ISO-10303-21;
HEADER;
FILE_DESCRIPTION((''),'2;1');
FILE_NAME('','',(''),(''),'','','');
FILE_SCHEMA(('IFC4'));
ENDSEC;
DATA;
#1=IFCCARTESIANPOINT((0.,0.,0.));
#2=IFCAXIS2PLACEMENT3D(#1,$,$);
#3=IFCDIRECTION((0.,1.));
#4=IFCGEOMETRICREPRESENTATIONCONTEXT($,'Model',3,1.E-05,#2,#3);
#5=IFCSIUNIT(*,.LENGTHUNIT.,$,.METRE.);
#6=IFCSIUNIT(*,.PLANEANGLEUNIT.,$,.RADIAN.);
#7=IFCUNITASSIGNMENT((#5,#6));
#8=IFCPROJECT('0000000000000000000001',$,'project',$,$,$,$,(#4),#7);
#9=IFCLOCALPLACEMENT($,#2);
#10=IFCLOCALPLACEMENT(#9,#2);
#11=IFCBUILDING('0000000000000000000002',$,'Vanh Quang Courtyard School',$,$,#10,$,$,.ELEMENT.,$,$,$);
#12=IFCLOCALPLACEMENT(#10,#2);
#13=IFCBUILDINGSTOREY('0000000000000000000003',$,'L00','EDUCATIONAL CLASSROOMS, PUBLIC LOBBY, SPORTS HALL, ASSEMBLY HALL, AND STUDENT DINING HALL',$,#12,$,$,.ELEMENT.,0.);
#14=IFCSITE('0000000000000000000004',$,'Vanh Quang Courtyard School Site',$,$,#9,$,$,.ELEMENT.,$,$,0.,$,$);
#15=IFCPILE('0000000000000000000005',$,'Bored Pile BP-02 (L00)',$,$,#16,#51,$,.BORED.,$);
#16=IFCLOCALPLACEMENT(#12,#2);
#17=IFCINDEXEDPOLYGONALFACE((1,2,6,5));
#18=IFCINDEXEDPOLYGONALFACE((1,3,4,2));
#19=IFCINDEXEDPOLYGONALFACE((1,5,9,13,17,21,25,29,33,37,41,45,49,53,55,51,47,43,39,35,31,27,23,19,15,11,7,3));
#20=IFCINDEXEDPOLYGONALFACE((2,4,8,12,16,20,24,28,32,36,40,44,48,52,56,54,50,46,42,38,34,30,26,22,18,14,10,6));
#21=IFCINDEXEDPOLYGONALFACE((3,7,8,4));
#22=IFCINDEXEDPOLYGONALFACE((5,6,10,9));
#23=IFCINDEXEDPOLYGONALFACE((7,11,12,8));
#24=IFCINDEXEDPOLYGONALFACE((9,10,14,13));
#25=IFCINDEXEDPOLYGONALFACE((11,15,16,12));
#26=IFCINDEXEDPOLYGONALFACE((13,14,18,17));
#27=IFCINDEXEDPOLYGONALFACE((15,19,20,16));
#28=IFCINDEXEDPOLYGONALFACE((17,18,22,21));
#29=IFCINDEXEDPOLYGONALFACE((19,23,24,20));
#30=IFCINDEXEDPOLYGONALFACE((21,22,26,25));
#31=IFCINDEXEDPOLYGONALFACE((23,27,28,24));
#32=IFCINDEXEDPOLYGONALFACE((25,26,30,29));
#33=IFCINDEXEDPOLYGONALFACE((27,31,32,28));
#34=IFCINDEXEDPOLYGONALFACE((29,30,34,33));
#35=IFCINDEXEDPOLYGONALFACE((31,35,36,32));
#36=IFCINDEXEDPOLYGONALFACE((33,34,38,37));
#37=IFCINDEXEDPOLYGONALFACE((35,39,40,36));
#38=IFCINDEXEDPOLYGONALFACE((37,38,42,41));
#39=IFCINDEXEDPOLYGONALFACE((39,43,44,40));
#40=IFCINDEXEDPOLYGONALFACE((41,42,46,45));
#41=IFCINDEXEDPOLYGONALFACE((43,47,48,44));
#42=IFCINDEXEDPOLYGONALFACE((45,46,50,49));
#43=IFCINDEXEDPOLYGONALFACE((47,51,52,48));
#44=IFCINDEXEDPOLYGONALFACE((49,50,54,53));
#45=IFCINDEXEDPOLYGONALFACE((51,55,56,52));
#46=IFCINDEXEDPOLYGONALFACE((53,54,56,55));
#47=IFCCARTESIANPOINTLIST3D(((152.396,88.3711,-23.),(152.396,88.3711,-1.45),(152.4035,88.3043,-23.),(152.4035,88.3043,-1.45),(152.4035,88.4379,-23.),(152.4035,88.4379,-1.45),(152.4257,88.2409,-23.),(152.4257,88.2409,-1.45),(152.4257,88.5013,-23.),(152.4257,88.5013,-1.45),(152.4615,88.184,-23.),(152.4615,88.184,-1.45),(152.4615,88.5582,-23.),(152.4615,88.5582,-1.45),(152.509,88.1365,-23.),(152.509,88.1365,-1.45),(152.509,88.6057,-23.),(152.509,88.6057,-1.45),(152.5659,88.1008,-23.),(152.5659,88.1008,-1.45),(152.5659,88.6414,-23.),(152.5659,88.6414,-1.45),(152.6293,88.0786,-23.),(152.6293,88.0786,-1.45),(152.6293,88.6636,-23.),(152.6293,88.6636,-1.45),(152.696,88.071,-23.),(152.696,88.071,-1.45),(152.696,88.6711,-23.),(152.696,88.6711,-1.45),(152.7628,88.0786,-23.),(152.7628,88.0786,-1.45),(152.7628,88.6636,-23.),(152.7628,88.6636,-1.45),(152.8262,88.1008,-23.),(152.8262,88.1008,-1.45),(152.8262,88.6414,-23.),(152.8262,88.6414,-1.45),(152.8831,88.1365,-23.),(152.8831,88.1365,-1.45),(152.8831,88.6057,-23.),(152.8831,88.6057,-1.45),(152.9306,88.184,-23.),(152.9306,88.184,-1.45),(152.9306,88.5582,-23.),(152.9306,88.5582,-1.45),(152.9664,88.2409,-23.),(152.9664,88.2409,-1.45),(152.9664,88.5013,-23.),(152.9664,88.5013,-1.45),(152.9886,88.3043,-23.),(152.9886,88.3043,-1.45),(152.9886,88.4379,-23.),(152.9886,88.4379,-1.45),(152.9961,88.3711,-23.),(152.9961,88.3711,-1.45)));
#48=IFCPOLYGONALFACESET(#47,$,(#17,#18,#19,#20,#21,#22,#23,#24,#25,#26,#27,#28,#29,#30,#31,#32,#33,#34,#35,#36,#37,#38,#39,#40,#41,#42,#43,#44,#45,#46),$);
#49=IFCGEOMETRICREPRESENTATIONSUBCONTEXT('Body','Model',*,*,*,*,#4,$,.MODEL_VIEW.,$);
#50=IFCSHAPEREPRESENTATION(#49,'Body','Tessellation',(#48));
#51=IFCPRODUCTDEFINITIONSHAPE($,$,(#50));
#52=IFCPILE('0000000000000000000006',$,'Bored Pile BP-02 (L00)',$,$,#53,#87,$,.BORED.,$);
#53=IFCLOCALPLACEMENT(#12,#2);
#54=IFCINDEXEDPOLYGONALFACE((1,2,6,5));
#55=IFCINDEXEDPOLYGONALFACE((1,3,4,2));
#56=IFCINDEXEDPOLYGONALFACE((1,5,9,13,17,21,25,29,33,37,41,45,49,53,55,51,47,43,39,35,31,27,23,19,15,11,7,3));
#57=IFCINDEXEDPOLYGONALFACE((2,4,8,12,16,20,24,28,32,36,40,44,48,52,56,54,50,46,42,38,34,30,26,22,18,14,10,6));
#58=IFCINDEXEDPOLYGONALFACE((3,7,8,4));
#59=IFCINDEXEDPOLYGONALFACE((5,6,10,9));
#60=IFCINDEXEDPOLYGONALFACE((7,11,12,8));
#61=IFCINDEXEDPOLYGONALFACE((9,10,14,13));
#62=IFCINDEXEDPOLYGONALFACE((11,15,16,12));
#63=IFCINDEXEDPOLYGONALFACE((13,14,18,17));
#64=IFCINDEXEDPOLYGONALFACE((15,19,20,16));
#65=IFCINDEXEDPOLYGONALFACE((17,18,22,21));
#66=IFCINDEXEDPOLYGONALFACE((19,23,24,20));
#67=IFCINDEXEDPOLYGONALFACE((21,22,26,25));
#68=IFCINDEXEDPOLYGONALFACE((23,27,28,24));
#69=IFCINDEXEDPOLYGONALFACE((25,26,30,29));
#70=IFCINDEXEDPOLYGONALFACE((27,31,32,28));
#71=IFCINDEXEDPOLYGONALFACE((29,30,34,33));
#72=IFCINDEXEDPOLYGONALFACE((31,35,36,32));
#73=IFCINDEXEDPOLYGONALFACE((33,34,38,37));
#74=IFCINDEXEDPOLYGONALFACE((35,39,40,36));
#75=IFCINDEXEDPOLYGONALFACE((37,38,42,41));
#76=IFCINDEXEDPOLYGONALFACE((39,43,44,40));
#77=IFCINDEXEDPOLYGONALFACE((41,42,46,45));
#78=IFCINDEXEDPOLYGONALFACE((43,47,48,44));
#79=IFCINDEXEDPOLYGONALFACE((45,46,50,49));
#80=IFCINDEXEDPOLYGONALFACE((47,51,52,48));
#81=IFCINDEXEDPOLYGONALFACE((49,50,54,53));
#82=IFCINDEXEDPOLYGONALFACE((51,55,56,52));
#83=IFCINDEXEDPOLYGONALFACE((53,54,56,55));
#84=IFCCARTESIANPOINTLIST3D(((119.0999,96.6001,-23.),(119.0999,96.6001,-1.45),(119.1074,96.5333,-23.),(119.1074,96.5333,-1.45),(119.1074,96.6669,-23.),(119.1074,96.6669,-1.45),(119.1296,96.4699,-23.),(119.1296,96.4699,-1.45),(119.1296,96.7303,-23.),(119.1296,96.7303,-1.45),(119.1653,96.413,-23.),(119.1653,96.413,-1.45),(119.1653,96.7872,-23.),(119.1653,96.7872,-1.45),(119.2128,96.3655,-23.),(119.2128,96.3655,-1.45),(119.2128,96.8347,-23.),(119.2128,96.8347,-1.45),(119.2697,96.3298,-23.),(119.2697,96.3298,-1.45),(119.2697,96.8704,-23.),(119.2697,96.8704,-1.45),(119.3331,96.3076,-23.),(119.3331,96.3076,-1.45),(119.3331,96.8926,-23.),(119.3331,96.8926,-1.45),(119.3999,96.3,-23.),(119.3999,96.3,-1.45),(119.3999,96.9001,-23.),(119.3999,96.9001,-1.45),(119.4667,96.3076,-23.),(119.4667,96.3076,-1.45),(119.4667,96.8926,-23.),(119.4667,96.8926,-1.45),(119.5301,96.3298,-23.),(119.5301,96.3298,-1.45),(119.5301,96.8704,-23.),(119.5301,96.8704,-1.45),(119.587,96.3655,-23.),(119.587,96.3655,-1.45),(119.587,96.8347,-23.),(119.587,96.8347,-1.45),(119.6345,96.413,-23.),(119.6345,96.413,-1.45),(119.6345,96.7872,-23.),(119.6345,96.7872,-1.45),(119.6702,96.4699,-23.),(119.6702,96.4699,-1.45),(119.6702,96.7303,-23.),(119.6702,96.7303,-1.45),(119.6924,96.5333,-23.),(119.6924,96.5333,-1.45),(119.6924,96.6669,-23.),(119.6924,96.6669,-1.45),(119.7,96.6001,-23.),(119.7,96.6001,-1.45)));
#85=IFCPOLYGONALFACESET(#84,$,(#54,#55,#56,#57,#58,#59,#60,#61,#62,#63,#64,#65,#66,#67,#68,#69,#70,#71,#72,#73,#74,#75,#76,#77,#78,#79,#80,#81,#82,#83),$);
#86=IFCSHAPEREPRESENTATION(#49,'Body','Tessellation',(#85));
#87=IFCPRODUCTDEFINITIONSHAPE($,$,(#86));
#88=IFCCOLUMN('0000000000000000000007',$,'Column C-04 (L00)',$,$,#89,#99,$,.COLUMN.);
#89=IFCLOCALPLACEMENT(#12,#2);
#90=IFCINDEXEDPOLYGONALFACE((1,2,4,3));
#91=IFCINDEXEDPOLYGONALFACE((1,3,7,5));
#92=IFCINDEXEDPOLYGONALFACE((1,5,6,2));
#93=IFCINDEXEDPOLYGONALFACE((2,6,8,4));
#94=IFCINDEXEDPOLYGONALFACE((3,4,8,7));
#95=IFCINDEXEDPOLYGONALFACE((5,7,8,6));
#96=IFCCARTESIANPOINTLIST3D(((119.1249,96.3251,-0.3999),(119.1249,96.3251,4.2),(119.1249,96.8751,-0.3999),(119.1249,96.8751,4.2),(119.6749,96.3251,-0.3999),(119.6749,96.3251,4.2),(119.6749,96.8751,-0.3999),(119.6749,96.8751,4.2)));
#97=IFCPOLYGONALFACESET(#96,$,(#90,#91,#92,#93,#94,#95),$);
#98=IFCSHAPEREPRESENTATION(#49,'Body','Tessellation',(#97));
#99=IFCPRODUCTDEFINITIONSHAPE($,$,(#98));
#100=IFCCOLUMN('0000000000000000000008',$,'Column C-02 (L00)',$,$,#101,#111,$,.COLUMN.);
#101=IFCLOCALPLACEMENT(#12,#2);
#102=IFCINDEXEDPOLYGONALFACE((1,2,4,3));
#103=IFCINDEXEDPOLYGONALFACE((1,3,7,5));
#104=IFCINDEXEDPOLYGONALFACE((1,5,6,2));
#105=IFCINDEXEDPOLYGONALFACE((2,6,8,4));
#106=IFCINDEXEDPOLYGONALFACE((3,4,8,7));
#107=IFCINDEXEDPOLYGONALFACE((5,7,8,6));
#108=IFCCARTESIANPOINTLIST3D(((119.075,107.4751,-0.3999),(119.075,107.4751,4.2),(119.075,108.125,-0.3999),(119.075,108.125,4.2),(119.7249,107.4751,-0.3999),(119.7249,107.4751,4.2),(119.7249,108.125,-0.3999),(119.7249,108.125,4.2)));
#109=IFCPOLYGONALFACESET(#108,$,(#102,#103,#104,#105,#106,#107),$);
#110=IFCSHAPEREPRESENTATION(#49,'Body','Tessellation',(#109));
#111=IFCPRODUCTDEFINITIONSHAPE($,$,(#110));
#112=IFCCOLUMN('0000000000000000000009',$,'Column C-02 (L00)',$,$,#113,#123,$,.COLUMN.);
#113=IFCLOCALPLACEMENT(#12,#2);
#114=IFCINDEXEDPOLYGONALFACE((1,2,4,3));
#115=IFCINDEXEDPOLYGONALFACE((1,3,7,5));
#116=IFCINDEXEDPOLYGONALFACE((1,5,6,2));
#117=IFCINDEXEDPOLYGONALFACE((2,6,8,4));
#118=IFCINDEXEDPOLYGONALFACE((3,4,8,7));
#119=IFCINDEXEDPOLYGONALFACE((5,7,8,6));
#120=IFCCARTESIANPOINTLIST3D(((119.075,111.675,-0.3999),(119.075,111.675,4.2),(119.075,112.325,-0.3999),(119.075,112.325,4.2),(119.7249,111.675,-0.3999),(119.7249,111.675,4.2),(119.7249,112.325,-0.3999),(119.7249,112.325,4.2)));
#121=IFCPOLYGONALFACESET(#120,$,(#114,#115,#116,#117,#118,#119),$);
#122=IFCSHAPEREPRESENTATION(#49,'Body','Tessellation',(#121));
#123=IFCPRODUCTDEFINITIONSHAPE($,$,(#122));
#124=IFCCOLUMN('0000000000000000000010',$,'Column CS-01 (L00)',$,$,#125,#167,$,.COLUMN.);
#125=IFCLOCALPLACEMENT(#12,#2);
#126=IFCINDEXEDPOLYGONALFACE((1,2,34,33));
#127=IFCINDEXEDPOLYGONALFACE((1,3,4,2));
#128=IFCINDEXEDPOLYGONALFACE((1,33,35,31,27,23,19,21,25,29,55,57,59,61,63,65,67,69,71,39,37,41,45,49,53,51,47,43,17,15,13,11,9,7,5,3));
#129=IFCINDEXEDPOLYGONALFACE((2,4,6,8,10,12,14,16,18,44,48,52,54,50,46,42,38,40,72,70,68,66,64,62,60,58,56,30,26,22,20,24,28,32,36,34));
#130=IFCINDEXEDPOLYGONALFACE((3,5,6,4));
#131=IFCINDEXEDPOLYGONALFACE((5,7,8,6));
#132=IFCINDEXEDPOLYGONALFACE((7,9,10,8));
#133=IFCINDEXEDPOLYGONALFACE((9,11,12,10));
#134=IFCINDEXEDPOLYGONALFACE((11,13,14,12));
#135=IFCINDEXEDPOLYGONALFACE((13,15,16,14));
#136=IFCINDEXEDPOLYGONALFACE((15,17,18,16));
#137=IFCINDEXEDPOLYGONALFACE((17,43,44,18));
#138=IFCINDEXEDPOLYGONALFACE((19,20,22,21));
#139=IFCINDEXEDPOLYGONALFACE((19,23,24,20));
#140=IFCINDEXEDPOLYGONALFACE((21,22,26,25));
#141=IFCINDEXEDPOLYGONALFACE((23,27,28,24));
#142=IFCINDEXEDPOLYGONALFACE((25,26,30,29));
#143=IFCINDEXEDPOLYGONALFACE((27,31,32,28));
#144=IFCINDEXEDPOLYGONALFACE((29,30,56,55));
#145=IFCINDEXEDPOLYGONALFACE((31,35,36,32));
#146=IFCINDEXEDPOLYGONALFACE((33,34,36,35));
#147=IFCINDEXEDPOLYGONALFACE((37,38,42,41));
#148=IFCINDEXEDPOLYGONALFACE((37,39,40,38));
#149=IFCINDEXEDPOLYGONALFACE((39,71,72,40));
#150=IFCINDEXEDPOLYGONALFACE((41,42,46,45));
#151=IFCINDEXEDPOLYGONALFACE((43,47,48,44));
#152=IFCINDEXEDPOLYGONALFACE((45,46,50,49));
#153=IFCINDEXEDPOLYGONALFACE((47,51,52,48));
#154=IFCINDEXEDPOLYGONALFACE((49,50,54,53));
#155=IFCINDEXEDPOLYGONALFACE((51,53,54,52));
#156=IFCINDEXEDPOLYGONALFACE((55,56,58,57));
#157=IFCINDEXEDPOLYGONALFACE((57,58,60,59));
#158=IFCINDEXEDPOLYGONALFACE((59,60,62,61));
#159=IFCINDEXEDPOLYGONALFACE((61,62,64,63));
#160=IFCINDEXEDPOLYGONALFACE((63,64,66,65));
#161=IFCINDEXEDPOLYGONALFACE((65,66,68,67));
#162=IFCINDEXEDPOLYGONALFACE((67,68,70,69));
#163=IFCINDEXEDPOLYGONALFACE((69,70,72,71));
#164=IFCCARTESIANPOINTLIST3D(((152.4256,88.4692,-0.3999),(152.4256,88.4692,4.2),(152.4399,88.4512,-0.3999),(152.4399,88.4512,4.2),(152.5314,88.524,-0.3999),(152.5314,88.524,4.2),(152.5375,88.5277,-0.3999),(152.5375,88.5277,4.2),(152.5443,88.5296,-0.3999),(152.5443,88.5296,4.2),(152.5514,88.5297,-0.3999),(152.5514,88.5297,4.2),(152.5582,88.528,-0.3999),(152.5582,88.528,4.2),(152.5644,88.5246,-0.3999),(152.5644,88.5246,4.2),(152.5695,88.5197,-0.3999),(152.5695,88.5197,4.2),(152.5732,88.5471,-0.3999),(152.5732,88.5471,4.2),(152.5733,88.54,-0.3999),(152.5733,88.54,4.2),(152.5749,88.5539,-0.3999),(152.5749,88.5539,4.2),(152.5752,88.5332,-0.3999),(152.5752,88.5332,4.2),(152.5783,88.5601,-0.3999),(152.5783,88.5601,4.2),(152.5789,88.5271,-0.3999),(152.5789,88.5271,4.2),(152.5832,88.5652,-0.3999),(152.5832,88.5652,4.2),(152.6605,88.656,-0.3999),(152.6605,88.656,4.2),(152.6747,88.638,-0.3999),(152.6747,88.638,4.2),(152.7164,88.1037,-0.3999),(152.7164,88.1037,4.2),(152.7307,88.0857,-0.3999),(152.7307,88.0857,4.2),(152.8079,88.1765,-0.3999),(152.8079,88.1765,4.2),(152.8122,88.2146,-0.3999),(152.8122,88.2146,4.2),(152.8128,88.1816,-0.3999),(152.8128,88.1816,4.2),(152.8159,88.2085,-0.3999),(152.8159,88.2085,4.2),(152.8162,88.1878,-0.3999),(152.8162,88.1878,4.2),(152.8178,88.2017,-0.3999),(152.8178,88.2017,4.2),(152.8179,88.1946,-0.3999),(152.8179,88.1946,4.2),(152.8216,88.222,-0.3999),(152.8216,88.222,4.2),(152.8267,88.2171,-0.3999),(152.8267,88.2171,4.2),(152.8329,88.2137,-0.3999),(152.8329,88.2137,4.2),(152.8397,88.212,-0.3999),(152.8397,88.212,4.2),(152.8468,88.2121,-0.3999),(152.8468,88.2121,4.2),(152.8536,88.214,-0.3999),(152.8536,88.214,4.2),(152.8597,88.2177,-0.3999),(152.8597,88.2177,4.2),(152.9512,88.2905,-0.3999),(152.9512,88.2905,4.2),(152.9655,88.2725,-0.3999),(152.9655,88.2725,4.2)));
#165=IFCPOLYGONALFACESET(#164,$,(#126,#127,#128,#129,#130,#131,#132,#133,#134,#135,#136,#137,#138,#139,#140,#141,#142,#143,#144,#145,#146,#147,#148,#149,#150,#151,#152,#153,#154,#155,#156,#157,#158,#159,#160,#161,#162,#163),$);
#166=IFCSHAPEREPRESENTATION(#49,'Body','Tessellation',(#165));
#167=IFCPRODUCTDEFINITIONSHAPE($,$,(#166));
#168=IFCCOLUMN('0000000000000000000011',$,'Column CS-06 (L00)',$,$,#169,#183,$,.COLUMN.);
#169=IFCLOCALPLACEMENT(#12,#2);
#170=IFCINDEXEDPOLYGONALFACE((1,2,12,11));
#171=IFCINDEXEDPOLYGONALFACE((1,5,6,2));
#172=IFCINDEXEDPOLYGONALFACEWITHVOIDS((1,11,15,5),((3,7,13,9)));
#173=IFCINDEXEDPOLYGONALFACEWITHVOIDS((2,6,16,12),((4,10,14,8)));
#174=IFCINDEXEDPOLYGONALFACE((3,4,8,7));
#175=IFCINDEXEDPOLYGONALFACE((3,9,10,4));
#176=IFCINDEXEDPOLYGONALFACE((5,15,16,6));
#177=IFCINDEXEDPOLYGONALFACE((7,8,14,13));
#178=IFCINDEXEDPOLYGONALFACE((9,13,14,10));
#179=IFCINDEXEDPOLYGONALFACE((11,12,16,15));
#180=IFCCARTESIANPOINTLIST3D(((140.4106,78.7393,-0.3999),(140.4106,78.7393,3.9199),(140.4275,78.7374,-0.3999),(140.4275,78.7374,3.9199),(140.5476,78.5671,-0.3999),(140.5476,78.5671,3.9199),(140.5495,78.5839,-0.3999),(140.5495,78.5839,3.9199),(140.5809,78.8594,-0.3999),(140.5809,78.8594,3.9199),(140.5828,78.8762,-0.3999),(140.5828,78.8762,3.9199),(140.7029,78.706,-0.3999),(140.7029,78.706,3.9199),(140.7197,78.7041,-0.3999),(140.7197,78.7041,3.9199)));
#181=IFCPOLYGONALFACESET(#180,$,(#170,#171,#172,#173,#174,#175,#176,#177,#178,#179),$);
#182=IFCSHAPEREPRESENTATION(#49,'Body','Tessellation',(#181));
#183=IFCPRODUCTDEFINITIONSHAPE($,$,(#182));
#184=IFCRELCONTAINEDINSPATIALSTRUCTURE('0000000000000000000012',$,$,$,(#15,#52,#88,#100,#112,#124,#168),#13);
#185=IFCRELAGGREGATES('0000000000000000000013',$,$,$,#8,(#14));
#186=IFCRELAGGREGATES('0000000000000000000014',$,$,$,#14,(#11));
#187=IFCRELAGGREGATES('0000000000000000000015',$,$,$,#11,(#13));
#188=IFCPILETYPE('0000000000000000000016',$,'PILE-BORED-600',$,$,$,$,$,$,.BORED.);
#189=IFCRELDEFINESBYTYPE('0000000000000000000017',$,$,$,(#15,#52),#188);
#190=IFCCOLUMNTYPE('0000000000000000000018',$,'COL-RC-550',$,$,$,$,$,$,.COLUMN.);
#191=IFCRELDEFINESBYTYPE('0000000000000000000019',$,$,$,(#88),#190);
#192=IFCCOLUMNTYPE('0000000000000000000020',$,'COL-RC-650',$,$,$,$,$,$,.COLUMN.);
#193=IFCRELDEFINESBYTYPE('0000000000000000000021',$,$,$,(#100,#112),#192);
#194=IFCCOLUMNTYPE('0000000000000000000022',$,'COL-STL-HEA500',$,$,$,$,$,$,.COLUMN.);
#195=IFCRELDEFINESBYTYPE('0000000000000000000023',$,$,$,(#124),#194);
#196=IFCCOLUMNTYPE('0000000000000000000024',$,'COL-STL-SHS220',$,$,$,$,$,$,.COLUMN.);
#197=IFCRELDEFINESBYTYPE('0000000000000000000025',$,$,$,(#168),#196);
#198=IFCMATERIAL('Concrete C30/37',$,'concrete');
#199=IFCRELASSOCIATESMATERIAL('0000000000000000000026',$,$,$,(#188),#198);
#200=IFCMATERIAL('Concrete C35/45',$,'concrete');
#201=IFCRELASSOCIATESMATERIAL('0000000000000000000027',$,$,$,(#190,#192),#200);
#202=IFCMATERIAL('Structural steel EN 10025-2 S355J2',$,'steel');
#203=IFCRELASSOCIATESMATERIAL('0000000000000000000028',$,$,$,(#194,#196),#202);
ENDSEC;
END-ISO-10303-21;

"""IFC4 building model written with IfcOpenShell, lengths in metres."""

from ifc_helpers import new_model, si_unit, direction, frame, origin, origin_2d, place, context, subcontext, project, spatial, rectangle, hollow_rectangle, circle, i_section, extrude, material, material_profile, profile_set, type_object, element, save


model = new_model("IFC4")

# Units and contexts
model_context = context("Model", 3, precision=1e-05, world=origin(), true_north=direction((0.0, 1.0)))
body_context = subcontext(model_context, "Body", "Model", "MODEL_VIEW")
ifc_project = project(units=[si_unit("LENGTHUNIT", "METRE"), si_unit("PLANEANGLEUNIT", "RADIAN")], contexts=[model_context])

# Site, building, storey
site_placement = place(None, origin())
site = spatial("IfcSite", under=ifc_project, at=site_placement, Name="Vanh Quang Courtyard School Site", CompositionType="ELEMENT", RefElevation=0.0)
building_placement = place(site_placement, origin())
building = spatial("IfcBuilding", under=site, at=building_placement, Name="Vanh Quang Courtyard School", CompositionType="ELEMENT")
storey_placement = place(building_placement, origin())
storey = spatial("IfcBuildingStorey", under=building, at=storey_placement, Name="L00", Description="EDUCATIONAL CLASSROOMS, PUBLIC LOBBY, SPORTS HALL, ASSEMBLY HALL, AND STUDENT DINING HALL", CompositionType="ELEMENT", Elevation=0.0)

# Shared definitions
ifc_material_1 = material(Name="Concrete C35/45", Category="concrete")

# Piles
ifc_material_2 = material(Name="Concrete C30/37", Category="concrete")
ifc_material_profile_1 = material_profile(ifc_material_2, circle(Radius=0.3, at=origin_2d()), Name="PILE D600")
ifc_profile_set_1 = profile_set([ifc_material_profile_1], Name="Concrete C30/37")
pile_type_1 = type_object("IfcPileType", Name="PILE-BORED-600", PredefinedType="BORED", material=ifc_profile_set_1)
for number, where, z_axis, x_axis, name in (
    (1, (152.696, 88.3711, -1.45), (0.0, 0.0, -1.0), (1.0, 0.0, 0.0), "Bored Pile BP-02 (L00)"),
    (2, (119.3999, 96.6001, -1.45), (0.0, 0.0, -1.0), (1.0, 0.0, 0.0), "Bored Pile BP-02 (L00)"),
):
    element("IfcPile", number, at=place(storey_placement, frame(where, z_axis=z_axis, x_axis=x_axis)), inside=storey, type_object=pile_type_1, Name=name, PredefinedType="BORED", context=body_context, shape_type="SweptSolid", body=[
        extrude(circle(Radius=0.3, at=origin_2d()), origin(), (0.0, 0.0, 1.0), 21.55),
    ])

# Columns
ifc_material_profile_2 = material_profile(ifc_material_1, rectangle(XDim=0.55, YDim=0.55, at=origin_2d()), Name="RC-COL 550x550")
ifc_profile_set_2 = profile_set([ifc_material_profile_2], Name="Concrete C35/45")
column_type_1 = type_object("IfcColumnType", Name="COL-RC-550", PredefinedType="COLUMN", material=ifc_profile_set_2)
column_1_placement = place(storey_placement, frame((119.3999, 96.6001, -0.3999), z_axis=(0.0, 0.0, 1.0), x_axis=(1.0, 0.0, 0.0)))
element("IfcColumn", 3, at=column_1_placement, inside=storey, type_object=column_type_1, Name="Column C-04 (L00)", PredefinedType="COLUMN", context=body_context, shape_type="SweptSolid", body=[
    extrude(rectangle(XDim=0.55, YDim=0.55, at=origin_2d()), origin(), (0.0, 0.0, 1.0), 4.5999),
])
ifc_material_profile_3 = material_profile(ifc_material_1, rectangle(XDim=0.6499, YDim=0.6499, at=origin_2d()), Name="RC-COL 650x650")
ifc_profile_set_3 = profile_set([ifc_material_profile_3], Name="Concrete C35/45")
column_type_2 = type_object("IfcColumnType", Name="COL-RC-650", PredefinedType="COLUMN", material=ifc_profile_set_3)
for number, where, z_axis, x_axis, name in (
    (4, (119.3999, 107.8, -0.3999), (0.0, 0.0, 1.0), (1.0, 0.0, 0.0), "Column C-02 (L00)"),
    (5, (119.3999, 112.0, -0.3999), (0.0, 0.0, 1.0), (1.0, 0.0, 0.0), "Column C-02 (L00)"),
):
    element("IfcColumn", number, at=place(storey_placement, frame(where, z_axis=z_axis, x_axis=x_axis)), inside=storey, type_object=column_type_2, Name=name, PredefinedType="COLUMN", context=body_context, shape_type="SweptSolid", body=[
        extrude(rectangle(XDim=0.6499, YDim=0.6499, at=origin_2d()), origin(), (0.0, 0.0, 1.0), 4.5999),
    ])
ifc_material_3 = material(Name="Structural steel EN 10025-2 S355J2", Category="steel")
ifc_material_profile_4 = material_profile(ifc_material_3, i_section(OverallWidth=0.3, OverallDepth=0.49, WebThickness=0.012, FlangeThickness=0.0229, FilletRadius=0.0271, at=origin_2d()), Name="HEA 500")
ifc_profile_set_4 = profile_set([ifc_material_profile_4], Name="Structural steel EN 10025-2 S355J2")
column_type_3 = type_object("IfcColumnType", Name="COL-STL-HEA500", PredefinedType="COLUMN", material=ifc_profile_set_4)
column_2_placement = place(storey_placement, frame((152.6956, 88.3708, -0.3999), z_axis=(0.0, 0.0, 1.0), x_axis=(0.782608, 0.622515, 0.0)))
element("IfcColumn", 6, at=column_2_placement, inside=storey, type_object=column_type_3, Name="Column CS-01 (L00)", PredefinedType="COLUMN", context=body_context, shape_type="SweptSolid", body=[
    extrude(i_section(OverallWidth=0.3, OverallDepth=0.49, WebThickness=0.012, FlangeThickness=0.0229, FilletRadius=0.0271, at=origin_2d()), origin(), (0.0, 0.0, 1.0), 4.5999),
])
ifc_material_profile_5 = material_profile(ifc_material_3, hollow_rectangle(XDim=0.22, YDim=0.22, WallThickness=0.012, at=origin_2d()), Name="SHS 220x220x12")
ifc_profile_set_5 = profile_set([ifc_material_profile_5], Name="Structural steel EN 10025-2 S355J2")
column_type_4 = type_object("IfcColumnType", Name="COL-STL-SHS220", PredefinedType="COLUMN", material=ifc_profile_set_5)
column_3_placement = place(storey_placement, frame((140.5652, 78.7217, -0.3999), z_axis=(0.0, 0.0, 1.0), x_axis=(0.782608, 0.622515, 0.0)))
element("IfcColumn", 7, at=column_3_placement, inside=storey, type_object=column_type_4, Name="Column CS-06 (L00)", PredefinedType="COLUMN", context=body_context, shape_type="SweptSolid", body=[
    extrude(hollow_rectangle(XDim=0.22, YDim=0.22, WallThickness=0.012, at=origin_2d()), origin(), (0.0, 0.0, 1.0), 4.3198),
])

save(model, "model.ifc")
